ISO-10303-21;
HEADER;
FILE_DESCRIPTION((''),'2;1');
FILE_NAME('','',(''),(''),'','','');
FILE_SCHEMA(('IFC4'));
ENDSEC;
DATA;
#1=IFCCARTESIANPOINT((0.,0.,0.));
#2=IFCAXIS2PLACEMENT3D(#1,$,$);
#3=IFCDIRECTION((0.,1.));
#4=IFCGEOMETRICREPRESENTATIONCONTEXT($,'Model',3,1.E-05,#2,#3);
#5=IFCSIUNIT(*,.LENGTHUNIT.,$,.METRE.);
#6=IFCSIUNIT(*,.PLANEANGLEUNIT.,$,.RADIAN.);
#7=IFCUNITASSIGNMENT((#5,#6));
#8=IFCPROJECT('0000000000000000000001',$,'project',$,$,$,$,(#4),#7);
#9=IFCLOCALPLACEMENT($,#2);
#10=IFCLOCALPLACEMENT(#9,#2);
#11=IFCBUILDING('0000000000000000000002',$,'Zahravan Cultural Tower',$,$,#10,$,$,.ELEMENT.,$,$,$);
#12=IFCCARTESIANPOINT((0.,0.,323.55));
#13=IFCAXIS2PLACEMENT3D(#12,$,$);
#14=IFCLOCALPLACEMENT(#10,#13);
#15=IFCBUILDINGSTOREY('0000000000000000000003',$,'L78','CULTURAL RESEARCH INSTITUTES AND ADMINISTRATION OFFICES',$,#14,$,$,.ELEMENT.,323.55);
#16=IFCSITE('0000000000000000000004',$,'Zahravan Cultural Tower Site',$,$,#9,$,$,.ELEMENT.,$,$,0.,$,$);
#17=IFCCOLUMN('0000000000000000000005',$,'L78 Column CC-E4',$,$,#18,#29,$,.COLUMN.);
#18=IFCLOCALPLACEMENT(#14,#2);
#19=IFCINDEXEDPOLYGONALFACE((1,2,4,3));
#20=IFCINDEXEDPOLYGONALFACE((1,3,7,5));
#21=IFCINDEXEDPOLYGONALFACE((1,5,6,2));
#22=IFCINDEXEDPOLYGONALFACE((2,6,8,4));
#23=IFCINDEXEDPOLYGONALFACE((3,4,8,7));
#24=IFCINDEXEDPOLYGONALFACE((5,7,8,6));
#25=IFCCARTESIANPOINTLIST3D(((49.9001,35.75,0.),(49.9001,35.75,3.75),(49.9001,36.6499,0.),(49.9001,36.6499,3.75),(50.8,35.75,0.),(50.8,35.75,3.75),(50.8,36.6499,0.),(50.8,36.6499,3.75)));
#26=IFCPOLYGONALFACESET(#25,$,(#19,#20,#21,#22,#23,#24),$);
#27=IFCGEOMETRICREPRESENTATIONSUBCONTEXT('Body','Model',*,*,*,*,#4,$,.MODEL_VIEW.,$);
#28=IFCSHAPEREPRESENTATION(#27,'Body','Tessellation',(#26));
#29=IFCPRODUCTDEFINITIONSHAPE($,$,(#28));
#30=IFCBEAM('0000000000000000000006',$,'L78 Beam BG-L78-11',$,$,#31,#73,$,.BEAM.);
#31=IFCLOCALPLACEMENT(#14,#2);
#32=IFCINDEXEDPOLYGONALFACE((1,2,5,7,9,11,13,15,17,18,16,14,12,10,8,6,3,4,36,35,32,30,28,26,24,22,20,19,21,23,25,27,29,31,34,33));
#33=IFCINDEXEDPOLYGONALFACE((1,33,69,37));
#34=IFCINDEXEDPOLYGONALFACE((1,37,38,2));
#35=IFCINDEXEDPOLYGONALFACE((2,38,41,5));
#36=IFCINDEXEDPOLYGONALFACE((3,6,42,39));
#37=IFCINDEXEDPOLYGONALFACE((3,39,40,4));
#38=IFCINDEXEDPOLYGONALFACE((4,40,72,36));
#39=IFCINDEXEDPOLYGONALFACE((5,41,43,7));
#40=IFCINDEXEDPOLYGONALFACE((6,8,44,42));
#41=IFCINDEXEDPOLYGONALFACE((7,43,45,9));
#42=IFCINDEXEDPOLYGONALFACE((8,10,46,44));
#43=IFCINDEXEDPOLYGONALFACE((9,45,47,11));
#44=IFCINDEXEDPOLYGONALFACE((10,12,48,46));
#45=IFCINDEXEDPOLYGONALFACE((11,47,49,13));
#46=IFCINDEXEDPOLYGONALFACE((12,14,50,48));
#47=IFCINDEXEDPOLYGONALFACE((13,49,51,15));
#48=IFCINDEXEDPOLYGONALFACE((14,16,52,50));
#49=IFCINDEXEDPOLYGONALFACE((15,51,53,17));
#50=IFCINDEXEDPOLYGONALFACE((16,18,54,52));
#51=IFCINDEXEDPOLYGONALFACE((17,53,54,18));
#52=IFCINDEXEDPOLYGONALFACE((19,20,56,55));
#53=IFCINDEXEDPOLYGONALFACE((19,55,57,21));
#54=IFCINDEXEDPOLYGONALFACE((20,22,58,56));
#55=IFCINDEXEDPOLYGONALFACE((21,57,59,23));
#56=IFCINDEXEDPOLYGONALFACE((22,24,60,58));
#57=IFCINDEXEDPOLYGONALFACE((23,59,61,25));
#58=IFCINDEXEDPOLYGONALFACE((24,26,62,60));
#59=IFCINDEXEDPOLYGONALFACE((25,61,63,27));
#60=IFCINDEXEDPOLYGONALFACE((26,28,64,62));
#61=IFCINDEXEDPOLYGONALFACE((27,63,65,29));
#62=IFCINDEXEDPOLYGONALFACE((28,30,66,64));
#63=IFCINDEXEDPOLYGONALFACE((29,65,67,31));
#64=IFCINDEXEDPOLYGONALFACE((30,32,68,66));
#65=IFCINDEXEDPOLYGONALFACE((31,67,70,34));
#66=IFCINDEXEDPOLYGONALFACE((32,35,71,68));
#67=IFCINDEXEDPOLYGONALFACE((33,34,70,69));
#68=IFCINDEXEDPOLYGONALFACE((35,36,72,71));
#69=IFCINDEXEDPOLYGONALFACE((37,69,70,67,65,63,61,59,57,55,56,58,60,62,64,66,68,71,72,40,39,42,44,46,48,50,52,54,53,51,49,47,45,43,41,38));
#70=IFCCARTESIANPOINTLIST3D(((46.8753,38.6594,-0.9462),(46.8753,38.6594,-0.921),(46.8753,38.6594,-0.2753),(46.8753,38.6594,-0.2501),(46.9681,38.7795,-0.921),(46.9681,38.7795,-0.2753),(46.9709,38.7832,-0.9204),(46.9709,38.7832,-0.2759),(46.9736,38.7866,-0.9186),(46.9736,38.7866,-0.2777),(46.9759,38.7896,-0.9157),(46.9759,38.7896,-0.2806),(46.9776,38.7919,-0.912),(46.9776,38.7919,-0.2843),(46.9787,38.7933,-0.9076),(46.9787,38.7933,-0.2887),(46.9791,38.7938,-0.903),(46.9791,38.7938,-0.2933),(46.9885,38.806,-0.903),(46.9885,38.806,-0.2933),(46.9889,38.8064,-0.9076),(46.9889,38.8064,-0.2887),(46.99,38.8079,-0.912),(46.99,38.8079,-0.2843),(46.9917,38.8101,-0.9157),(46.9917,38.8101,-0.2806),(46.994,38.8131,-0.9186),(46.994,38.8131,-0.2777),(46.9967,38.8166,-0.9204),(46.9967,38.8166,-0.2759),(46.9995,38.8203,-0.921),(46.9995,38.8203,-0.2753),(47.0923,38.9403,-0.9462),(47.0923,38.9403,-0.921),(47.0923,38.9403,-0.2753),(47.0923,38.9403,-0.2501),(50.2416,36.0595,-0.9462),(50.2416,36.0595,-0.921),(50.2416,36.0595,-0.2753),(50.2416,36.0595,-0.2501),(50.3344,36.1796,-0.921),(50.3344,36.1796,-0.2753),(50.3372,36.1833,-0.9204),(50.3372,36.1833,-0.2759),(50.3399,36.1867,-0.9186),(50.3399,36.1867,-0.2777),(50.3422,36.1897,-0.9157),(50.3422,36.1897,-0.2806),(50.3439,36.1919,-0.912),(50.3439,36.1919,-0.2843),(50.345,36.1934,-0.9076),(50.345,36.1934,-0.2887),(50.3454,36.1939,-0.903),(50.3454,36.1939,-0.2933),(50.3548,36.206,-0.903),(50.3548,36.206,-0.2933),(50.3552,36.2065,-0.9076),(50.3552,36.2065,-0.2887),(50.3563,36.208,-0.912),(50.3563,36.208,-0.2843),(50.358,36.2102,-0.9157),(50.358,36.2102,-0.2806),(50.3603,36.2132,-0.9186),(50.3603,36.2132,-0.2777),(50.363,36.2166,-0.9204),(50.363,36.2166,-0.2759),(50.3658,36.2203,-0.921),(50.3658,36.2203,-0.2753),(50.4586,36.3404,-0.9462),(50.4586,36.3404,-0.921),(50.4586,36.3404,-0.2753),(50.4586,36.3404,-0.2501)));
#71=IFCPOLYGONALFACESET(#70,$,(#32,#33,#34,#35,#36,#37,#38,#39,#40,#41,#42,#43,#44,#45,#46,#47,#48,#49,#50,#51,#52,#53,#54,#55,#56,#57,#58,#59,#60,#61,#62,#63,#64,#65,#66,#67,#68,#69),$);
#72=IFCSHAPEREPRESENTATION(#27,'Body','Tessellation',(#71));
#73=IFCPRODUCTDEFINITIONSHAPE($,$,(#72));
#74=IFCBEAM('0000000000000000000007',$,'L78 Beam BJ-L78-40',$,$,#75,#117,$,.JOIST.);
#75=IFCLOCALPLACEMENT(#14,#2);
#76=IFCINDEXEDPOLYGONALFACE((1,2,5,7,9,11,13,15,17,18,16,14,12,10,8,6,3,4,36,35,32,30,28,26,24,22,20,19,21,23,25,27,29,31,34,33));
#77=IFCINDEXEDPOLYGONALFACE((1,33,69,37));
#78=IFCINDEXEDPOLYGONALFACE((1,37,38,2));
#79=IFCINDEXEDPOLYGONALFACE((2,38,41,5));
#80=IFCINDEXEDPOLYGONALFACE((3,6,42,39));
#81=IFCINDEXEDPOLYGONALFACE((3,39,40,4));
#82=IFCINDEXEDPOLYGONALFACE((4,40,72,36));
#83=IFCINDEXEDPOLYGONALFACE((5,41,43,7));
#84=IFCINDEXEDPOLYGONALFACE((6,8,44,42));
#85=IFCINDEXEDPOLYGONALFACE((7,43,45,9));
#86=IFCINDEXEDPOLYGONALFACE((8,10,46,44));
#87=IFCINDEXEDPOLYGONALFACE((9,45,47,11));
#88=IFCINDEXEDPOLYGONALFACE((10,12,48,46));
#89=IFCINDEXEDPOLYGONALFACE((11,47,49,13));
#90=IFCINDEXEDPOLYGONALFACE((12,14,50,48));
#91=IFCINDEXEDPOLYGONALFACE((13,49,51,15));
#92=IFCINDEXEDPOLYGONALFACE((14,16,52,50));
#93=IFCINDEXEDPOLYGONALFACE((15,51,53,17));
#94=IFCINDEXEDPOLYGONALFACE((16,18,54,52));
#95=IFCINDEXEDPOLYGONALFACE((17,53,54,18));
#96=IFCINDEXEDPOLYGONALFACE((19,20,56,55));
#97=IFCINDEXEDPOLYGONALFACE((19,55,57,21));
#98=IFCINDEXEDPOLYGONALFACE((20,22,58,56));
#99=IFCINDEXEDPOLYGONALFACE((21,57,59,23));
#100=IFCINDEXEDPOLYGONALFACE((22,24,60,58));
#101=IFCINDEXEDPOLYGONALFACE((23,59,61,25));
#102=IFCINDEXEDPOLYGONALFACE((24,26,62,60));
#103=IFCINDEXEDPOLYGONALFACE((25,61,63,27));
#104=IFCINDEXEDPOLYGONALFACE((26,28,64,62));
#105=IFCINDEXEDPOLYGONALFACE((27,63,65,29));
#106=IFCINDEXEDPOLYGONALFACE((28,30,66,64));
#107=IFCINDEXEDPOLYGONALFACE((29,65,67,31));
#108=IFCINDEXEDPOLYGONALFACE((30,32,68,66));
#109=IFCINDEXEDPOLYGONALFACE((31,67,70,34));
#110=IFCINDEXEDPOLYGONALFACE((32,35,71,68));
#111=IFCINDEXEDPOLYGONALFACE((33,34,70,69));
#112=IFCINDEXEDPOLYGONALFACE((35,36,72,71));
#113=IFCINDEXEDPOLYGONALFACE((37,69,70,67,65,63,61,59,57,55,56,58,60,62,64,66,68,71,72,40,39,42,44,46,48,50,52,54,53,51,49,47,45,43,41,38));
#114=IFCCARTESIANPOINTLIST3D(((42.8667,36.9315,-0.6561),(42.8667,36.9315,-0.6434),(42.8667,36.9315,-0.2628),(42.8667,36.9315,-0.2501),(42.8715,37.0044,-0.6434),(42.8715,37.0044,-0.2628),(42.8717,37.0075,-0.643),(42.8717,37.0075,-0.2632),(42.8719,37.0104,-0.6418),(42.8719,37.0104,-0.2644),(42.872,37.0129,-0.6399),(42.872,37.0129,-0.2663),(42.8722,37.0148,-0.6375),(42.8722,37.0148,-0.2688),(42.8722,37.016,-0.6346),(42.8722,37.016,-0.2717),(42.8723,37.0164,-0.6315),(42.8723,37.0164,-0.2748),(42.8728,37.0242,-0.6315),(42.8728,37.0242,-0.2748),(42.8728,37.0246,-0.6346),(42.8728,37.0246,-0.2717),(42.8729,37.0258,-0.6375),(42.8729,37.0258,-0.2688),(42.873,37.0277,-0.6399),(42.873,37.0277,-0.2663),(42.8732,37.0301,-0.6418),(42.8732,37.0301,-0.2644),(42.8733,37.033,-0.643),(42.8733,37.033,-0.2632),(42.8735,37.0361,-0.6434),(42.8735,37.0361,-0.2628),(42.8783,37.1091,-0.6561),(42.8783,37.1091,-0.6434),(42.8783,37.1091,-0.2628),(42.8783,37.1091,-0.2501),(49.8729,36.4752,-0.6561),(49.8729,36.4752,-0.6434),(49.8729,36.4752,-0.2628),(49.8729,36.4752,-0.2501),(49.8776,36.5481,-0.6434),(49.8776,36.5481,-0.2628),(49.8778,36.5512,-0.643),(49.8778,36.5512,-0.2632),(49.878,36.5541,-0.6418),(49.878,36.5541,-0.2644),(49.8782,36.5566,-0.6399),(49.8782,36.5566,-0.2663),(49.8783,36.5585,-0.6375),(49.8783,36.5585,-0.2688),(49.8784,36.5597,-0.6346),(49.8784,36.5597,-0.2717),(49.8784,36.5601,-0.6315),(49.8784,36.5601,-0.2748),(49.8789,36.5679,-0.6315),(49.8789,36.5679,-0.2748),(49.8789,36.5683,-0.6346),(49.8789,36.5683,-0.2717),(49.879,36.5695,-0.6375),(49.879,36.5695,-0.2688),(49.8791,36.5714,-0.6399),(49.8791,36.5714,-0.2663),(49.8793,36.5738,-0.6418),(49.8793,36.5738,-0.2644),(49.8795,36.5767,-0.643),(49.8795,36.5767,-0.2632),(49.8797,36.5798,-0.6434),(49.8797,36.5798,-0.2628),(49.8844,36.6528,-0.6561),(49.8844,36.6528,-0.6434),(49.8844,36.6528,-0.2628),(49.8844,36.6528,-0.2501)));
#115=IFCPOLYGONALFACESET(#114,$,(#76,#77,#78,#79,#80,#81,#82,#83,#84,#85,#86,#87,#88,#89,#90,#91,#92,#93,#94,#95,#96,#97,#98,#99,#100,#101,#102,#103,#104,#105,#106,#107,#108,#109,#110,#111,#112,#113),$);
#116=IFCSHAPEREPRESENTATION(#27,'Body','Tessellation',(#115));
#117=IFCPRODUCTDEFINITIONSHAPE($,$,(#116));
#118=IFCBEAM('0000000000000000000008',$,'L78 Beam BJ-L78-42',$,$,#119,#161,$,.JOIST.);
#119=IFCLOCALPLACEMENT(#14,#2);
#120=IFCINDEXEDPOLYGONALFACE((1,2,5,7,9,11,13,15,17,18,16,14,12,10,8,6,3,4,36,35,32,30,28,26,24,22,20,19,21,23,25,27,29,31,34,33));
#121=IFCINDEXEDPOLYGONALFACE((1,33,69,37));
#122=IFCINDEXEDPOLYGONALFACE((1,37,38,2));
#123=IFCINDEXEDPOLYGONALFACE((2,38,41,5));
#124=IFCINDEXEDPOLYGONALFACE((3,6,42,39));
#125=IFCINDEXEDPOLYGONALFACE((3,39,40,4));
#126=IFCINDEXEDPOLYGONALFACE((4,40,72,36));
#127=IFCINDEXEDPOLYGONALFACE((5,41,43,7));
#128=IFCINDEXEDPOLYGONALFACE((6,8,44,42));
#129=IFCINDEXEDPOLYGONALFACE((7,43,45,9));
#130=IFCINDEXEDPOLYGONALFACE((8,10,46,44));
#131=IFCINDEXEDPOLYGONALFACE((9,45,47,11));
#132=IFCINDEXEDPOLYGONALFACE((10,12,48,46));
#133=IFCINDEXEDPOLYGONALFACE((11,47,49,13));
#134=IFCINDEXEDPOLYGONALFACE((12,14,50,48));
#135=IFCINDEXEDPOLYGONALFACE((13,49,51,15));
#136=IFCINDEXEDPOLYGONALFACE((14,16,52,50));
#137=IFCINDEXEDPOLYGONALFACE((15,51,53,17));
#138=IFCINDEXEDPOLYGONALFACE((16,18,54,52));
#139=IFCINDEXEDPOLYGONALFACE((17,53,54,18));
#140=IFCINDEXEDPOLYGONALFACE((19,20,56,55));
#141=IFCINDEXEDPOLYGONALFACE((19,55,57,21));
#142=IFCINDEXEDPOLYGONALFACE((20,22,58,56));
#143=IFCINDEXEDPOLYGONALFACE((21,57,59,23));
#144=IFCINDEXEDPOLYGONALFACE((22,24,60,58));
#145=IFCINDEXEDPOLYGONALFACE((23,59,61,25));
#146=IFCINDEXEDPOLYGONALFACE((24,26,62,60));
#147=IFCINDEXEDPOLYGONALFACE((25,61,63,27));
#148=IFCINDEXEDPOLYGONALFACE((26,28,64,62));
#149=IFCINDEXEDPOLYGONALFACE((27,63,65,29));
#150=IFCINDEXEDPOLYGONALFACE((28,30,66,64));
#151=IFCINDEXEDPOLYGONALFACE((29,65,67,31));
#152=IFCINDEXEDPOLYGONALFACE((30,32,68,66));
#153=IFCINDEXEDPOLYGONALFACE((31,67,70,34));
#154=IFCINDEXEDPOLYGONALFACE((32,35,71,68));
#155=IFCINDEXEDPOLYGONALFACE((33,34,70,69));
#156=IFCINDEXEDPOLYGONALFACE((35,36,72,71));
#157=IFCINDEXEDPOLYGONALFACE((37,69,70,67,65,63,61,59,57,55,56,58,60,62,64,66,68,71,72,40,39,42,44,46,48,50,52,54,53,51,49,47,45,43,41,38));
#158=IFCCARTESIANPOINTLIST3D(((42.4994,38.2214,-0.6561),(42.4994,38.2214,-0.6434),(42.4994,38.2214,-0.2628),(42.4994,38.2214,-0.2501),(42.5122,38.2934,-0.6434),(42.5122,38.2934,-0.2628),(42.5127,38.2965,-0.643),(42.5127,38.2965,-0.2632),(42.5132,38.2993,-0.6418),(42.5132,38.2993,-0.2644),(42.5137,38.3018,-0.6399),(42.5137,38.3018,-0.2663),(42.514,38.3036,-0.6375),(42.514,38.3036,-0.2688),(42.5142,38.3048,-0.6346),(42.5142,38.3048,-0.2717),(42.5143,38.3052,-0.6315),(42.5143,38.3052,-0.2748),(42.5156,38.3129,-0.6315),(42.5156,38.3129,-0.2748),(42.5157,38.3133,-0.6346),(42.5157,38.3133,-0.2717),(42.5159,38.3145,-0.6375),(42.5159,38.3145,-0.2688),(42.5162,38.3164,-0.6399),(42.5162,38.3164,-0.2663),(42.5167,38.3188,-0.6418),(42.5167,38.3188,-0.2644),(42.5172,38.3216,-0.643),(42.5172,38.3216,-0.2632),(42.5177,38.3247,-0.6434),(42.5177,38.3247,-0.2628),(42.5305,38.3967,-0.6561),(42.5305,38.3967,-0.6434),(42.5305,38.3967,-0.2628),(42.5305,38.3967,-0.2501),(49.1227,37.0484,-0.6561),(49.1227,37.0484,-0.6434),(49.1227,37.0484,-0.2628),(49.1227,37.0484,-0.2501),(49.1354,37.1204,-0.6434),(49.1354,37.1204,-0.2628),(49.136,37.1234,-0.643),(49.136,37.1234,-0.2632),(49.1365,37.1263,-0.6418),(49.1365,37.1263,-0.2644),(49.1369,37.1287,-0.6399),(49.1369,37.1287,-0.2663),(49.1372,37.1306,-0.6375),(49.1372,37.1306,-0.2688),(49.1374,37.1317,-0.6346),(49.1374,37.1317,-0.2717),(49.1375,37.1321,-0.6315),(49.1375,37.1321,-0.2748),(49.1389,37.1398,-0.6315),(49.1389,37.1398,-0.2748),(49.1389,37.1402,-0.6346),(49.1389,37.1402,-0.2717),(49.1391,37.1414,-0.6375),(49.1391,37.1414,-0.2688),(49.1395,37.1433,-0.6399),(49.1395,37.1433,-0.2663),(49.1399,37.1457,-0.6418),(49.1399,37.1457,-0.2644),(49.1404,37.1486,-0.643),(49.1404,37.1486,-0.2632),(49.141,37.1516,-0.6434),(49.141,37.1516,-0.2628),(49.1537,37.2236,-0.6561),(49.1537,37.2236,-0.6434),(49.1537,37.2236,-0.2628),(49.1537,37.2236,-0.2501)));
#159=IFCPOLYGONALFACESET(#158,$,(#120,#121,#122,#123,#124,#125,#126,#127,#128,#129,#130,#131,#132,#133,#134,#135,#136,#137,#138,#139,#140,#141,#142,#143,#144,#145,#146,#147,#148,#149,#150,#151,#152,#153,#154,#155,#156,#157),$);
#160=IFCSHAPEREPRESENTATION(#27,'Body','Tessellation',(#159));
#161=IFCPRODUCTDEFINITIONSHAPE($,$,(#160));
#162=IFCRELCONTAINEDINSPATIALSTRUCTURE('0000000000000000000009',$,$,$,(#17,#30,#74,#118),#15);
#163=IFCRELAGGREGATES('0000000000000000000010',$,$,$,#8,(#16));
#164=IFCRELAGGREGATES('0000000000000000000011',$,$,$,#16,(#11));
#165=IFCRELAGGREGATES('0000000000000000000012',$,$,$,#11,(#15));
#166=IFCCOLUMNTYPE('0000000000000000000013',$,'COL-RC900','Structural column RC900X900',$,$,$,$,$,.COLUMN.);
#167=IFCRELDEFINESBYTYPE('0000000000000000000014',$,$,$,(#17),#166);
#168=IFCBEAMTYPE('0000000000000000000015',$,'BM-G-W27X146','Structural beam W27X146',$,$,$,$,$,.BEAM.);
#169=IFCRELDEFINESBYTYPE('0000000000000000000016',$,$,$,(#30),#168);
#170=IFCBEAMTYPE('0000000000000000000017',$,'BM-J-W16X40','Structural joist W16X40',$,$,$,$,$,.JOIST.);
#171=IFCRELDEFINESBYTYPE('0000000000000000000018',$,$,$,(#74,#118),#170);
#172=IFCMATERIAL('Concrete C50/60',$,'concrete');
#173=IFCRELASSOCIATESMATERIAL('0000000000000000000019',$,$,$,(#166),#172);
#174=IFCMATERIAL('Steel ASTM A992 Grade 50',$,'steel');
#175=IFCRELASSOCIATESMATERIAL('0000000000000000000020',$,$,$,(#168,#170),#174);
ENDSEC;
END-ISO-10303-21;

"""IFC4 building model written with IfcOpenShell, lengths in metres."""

from ifc_helpers import new_model, si_unit, direction, frame, origin, origin_2d, place, context, subcontext, project, spatial, rectangle, i_section, extrude, source, transform, mapped, material, material_profile, profile_set, type_object, element, save


model = new_model("IFC4")

# Units and contexts
model_context = context("Model", 3, precision=1e-05, world=origin(), true_north=direction((0.0, 1.0)))
body_context = subcontext(model_context, "Body", "Model", "MODEL_VIEW")
ifc_project = project(units=[si_unit("LENGTHUNIT", "METRE"), si_unit("PLANEANGLEUNIT", "RADIAN")], contexts=[model_context])

# Site, building, storey
site_placement = place(None, origin())
site = spatial("IfcSite", under=ifc_project, at=site_placement, Name="Zahravan Cultural Tower Site", CompositionType="ELEMENT", RefElevation=0.0)
building_placement = place(site_placement, origin())
building = spatial("IfcBuilding", under=site, at=building_placement, Name="Zahravan Cultural Tower", CompositionType="ELEMENT")
storey_placement = place(building_placement, frame((0.0, 0.0, 323.55)))
storey = spatial("IfcBuildingStorey", under=building, at=storey_placement, Name="L78", Description="CULTURAL RESEARCH INSTITUTES AND ADMINISTRATION OFFICES", CompositionType="ELEMENT", Elevation=323.55)

# Column
ifc_material_1 = material(Name="Concrete C50/60", Category="concrete")
ifc_material_profile_1 = material_profile(ifc_material_1, rectangle(XDim=0.8999, YDim=0.8999, at=origin_2d()), Name="RC900X900")
ifc_profile_set_1 = profile_set([ifc_material_profile_1], Name="Concrete C50/60")
column_type = type_object("IfcColumnType", Name="COL-RC900", Description="Structural column RC900X900", PredefinedType="COLUMN", material=ifc_profile_set_1)
shared_shape_1 = source(origin(), body_context, "Body", "SweptSolid", [
    extrude(rectangle(XDim=0.8999, YDim=0.8999, at=origin_2d()), origin(), (0.0, 0.0, 1.0), 3.75),
])
column_placement = place(storey_placement, frame((50.3501, 36.2, 0.0), z_axis=(0.0, 0.0, 1.0), x_axis=(1.0, 0.0, 0.0)))
element("IfcColumn", 1, at=column_placement, inside=storey, type_object=column_type, Name="L78 Column CC-E4", PredefinedType="COLUMN", context=body_context, shape_type="MappedRepresentation", body=[
    mapped(shared_shape_1, transform((0.0, 0.0, 0.0), x_axis=(1.0, 0.0, 0.0), y_axis=(0.0, 1.0, 0.0), z_axis=(0.0, 0.0, 1.0), scale=1.0)),
])

# Beams
ifc_material_2 = material(Name="Steel ASTM A992 Grade 50", Category="steel")
ifc_material_profile_2 = material_profile(ifc_material_2, i_section(OverallWidth=0.355, OverallDepth=0.696, WebThickness=0.0154, FlangeThickness=0.0251, FilletRadius=0.0181, at=origin_2d()), Name="W27X146")
ifc_profile_set_2 = profile_set([ifc_material_profile_2], Name="Steel ASTM A992 Grade 50")
beam_type_1 = type_object("IfcBeamType", Name="BM-G-W27X146", Description="Structural beam W27X146", PredefinedType="BEAM", material=ifc_profile_set_2)
shared_shape_2 = source(origin(), body_context, "Body", "SweptSolid", [
    extrude(i_section(OverallWidth=0.355, OverallDepth=0.696, WebThickness=0.0154, FlangeThickness=0.0251, FilletRadius=0.0181, at=origin_2d()), origin(), (0.0, 0.0, 1.0), 4.2534),
])
beam_1_placement = place(storey_placement, frame((50.3501, 36.2, -0.5981), z_axis=(-0.791434, 0.611255, 0.0), x_axis=(-0.611255, -0.791434, 0.0)))
element("IfcBeam", 2, at=beam_1_placement, inside=storey, type_object=beam_type_1, Name="L78 Beam BG-L78-11", PredefinedType="BEAM", context=body_context, shape_type="MappedRepresentation", body=[
    mapped(shared_shape_2, transform((0.0, 0.0, 0.0), x_axis=(1.0, 0.0, 0.0), y_axis=(0.0, 1.0, 0.0), z_axis=(0.0, 0.0, 1.0), scale=1.0)),
])
ifc_material_profile_3 = material_profile(ifc_material_2, i_section(OverallWidth=0.178, OverallDepth=0.406, WebThickness=0.0078, FlangeThickness=0.0127, FilletRadius=0.012, at=origin_2d()), Name="W16X40")
ifc_profile_set_3 = profile_set([ifc_material_profile_3], Name="Steel ASTM A992 Grade 50")
beam_type_2 = type_object("IfcBeamType", Name="BM-J-W16X40", Description="Structural joist W16X40", PredefinedType="JOIST", material=ifc_profile_set_3)
shared_shape_3 = source(origin(), body_context, "Body", "SweptSolid", [
    extrude(i_section(OverallWidth=0.178, OverallDepth=0.406, WebThickness=0.0078, FlangeThickness=0.0127, FilletRadius=0.012, at=origin_2d()), origin(), (0.0, 0.0, 1.0), 7.021),
])
beam_2_placement = place(storey_placement, frame((49.8787, 36.564, -0.4531), z_axis=(-0.997886, 0.064991, 0.0), x_axis=(-0.064991, -0.997886, 0.0)))
element("IfcBeam", 3, at=beam_2_placement, inside=storey, type_object=beam_type_2, Name="L78 Beam BJ-L78-40", PredefinedType="JOIST", context=body_context, shape_type="MappedRepresentation", body=[
    mapped(shared_shape_3, transform((0.0, 0.0, 0.0), x_axis=(1.0, 0.0, 0.0), y_axis=(0.0, 1.0, 0.0), z_axis=(0.0, 0.0, 1.0), scale=1.0)),
])
shared_shape_4 = source(origin(), body_context, "Body", "SweptSolid", [
    extrude(i_section(OverallWidth=0.178, OverallDepth=0.406, WebThickness=0.0078, FlangeThickness=0.0127, FilletRadius=0.012, at=origin_2d()), origin(), (0.0, 0.0, 1.0), 6.7263),
])
beam_3_placement = place(storey_placement, frame((49.1382, 37.136, -0.4531), z_axis=(-0.984674, 0.174402, 0.0), x_axis=(-0.174402, -0.984674, 0.0)))
element("IfcBeam", 4, at=beam_3_placement, inside=storey, type_object=beam_type_2, Name="L78 Beam BJ-L78-42", PredefinedType="JOIST", context=body_context, shape_type="MappedRepresentation", body=[
    mapped(shared_shape_4, transform((0.0, 0.0, 0.0), x_axis=(1.0, 0.0, 0.0), y_axis=(0.0, 1.0, 0.0), z_axis=(0.0, 0.0, 1.0), scale=1.0)),
])

save(model, "model.ifc")
